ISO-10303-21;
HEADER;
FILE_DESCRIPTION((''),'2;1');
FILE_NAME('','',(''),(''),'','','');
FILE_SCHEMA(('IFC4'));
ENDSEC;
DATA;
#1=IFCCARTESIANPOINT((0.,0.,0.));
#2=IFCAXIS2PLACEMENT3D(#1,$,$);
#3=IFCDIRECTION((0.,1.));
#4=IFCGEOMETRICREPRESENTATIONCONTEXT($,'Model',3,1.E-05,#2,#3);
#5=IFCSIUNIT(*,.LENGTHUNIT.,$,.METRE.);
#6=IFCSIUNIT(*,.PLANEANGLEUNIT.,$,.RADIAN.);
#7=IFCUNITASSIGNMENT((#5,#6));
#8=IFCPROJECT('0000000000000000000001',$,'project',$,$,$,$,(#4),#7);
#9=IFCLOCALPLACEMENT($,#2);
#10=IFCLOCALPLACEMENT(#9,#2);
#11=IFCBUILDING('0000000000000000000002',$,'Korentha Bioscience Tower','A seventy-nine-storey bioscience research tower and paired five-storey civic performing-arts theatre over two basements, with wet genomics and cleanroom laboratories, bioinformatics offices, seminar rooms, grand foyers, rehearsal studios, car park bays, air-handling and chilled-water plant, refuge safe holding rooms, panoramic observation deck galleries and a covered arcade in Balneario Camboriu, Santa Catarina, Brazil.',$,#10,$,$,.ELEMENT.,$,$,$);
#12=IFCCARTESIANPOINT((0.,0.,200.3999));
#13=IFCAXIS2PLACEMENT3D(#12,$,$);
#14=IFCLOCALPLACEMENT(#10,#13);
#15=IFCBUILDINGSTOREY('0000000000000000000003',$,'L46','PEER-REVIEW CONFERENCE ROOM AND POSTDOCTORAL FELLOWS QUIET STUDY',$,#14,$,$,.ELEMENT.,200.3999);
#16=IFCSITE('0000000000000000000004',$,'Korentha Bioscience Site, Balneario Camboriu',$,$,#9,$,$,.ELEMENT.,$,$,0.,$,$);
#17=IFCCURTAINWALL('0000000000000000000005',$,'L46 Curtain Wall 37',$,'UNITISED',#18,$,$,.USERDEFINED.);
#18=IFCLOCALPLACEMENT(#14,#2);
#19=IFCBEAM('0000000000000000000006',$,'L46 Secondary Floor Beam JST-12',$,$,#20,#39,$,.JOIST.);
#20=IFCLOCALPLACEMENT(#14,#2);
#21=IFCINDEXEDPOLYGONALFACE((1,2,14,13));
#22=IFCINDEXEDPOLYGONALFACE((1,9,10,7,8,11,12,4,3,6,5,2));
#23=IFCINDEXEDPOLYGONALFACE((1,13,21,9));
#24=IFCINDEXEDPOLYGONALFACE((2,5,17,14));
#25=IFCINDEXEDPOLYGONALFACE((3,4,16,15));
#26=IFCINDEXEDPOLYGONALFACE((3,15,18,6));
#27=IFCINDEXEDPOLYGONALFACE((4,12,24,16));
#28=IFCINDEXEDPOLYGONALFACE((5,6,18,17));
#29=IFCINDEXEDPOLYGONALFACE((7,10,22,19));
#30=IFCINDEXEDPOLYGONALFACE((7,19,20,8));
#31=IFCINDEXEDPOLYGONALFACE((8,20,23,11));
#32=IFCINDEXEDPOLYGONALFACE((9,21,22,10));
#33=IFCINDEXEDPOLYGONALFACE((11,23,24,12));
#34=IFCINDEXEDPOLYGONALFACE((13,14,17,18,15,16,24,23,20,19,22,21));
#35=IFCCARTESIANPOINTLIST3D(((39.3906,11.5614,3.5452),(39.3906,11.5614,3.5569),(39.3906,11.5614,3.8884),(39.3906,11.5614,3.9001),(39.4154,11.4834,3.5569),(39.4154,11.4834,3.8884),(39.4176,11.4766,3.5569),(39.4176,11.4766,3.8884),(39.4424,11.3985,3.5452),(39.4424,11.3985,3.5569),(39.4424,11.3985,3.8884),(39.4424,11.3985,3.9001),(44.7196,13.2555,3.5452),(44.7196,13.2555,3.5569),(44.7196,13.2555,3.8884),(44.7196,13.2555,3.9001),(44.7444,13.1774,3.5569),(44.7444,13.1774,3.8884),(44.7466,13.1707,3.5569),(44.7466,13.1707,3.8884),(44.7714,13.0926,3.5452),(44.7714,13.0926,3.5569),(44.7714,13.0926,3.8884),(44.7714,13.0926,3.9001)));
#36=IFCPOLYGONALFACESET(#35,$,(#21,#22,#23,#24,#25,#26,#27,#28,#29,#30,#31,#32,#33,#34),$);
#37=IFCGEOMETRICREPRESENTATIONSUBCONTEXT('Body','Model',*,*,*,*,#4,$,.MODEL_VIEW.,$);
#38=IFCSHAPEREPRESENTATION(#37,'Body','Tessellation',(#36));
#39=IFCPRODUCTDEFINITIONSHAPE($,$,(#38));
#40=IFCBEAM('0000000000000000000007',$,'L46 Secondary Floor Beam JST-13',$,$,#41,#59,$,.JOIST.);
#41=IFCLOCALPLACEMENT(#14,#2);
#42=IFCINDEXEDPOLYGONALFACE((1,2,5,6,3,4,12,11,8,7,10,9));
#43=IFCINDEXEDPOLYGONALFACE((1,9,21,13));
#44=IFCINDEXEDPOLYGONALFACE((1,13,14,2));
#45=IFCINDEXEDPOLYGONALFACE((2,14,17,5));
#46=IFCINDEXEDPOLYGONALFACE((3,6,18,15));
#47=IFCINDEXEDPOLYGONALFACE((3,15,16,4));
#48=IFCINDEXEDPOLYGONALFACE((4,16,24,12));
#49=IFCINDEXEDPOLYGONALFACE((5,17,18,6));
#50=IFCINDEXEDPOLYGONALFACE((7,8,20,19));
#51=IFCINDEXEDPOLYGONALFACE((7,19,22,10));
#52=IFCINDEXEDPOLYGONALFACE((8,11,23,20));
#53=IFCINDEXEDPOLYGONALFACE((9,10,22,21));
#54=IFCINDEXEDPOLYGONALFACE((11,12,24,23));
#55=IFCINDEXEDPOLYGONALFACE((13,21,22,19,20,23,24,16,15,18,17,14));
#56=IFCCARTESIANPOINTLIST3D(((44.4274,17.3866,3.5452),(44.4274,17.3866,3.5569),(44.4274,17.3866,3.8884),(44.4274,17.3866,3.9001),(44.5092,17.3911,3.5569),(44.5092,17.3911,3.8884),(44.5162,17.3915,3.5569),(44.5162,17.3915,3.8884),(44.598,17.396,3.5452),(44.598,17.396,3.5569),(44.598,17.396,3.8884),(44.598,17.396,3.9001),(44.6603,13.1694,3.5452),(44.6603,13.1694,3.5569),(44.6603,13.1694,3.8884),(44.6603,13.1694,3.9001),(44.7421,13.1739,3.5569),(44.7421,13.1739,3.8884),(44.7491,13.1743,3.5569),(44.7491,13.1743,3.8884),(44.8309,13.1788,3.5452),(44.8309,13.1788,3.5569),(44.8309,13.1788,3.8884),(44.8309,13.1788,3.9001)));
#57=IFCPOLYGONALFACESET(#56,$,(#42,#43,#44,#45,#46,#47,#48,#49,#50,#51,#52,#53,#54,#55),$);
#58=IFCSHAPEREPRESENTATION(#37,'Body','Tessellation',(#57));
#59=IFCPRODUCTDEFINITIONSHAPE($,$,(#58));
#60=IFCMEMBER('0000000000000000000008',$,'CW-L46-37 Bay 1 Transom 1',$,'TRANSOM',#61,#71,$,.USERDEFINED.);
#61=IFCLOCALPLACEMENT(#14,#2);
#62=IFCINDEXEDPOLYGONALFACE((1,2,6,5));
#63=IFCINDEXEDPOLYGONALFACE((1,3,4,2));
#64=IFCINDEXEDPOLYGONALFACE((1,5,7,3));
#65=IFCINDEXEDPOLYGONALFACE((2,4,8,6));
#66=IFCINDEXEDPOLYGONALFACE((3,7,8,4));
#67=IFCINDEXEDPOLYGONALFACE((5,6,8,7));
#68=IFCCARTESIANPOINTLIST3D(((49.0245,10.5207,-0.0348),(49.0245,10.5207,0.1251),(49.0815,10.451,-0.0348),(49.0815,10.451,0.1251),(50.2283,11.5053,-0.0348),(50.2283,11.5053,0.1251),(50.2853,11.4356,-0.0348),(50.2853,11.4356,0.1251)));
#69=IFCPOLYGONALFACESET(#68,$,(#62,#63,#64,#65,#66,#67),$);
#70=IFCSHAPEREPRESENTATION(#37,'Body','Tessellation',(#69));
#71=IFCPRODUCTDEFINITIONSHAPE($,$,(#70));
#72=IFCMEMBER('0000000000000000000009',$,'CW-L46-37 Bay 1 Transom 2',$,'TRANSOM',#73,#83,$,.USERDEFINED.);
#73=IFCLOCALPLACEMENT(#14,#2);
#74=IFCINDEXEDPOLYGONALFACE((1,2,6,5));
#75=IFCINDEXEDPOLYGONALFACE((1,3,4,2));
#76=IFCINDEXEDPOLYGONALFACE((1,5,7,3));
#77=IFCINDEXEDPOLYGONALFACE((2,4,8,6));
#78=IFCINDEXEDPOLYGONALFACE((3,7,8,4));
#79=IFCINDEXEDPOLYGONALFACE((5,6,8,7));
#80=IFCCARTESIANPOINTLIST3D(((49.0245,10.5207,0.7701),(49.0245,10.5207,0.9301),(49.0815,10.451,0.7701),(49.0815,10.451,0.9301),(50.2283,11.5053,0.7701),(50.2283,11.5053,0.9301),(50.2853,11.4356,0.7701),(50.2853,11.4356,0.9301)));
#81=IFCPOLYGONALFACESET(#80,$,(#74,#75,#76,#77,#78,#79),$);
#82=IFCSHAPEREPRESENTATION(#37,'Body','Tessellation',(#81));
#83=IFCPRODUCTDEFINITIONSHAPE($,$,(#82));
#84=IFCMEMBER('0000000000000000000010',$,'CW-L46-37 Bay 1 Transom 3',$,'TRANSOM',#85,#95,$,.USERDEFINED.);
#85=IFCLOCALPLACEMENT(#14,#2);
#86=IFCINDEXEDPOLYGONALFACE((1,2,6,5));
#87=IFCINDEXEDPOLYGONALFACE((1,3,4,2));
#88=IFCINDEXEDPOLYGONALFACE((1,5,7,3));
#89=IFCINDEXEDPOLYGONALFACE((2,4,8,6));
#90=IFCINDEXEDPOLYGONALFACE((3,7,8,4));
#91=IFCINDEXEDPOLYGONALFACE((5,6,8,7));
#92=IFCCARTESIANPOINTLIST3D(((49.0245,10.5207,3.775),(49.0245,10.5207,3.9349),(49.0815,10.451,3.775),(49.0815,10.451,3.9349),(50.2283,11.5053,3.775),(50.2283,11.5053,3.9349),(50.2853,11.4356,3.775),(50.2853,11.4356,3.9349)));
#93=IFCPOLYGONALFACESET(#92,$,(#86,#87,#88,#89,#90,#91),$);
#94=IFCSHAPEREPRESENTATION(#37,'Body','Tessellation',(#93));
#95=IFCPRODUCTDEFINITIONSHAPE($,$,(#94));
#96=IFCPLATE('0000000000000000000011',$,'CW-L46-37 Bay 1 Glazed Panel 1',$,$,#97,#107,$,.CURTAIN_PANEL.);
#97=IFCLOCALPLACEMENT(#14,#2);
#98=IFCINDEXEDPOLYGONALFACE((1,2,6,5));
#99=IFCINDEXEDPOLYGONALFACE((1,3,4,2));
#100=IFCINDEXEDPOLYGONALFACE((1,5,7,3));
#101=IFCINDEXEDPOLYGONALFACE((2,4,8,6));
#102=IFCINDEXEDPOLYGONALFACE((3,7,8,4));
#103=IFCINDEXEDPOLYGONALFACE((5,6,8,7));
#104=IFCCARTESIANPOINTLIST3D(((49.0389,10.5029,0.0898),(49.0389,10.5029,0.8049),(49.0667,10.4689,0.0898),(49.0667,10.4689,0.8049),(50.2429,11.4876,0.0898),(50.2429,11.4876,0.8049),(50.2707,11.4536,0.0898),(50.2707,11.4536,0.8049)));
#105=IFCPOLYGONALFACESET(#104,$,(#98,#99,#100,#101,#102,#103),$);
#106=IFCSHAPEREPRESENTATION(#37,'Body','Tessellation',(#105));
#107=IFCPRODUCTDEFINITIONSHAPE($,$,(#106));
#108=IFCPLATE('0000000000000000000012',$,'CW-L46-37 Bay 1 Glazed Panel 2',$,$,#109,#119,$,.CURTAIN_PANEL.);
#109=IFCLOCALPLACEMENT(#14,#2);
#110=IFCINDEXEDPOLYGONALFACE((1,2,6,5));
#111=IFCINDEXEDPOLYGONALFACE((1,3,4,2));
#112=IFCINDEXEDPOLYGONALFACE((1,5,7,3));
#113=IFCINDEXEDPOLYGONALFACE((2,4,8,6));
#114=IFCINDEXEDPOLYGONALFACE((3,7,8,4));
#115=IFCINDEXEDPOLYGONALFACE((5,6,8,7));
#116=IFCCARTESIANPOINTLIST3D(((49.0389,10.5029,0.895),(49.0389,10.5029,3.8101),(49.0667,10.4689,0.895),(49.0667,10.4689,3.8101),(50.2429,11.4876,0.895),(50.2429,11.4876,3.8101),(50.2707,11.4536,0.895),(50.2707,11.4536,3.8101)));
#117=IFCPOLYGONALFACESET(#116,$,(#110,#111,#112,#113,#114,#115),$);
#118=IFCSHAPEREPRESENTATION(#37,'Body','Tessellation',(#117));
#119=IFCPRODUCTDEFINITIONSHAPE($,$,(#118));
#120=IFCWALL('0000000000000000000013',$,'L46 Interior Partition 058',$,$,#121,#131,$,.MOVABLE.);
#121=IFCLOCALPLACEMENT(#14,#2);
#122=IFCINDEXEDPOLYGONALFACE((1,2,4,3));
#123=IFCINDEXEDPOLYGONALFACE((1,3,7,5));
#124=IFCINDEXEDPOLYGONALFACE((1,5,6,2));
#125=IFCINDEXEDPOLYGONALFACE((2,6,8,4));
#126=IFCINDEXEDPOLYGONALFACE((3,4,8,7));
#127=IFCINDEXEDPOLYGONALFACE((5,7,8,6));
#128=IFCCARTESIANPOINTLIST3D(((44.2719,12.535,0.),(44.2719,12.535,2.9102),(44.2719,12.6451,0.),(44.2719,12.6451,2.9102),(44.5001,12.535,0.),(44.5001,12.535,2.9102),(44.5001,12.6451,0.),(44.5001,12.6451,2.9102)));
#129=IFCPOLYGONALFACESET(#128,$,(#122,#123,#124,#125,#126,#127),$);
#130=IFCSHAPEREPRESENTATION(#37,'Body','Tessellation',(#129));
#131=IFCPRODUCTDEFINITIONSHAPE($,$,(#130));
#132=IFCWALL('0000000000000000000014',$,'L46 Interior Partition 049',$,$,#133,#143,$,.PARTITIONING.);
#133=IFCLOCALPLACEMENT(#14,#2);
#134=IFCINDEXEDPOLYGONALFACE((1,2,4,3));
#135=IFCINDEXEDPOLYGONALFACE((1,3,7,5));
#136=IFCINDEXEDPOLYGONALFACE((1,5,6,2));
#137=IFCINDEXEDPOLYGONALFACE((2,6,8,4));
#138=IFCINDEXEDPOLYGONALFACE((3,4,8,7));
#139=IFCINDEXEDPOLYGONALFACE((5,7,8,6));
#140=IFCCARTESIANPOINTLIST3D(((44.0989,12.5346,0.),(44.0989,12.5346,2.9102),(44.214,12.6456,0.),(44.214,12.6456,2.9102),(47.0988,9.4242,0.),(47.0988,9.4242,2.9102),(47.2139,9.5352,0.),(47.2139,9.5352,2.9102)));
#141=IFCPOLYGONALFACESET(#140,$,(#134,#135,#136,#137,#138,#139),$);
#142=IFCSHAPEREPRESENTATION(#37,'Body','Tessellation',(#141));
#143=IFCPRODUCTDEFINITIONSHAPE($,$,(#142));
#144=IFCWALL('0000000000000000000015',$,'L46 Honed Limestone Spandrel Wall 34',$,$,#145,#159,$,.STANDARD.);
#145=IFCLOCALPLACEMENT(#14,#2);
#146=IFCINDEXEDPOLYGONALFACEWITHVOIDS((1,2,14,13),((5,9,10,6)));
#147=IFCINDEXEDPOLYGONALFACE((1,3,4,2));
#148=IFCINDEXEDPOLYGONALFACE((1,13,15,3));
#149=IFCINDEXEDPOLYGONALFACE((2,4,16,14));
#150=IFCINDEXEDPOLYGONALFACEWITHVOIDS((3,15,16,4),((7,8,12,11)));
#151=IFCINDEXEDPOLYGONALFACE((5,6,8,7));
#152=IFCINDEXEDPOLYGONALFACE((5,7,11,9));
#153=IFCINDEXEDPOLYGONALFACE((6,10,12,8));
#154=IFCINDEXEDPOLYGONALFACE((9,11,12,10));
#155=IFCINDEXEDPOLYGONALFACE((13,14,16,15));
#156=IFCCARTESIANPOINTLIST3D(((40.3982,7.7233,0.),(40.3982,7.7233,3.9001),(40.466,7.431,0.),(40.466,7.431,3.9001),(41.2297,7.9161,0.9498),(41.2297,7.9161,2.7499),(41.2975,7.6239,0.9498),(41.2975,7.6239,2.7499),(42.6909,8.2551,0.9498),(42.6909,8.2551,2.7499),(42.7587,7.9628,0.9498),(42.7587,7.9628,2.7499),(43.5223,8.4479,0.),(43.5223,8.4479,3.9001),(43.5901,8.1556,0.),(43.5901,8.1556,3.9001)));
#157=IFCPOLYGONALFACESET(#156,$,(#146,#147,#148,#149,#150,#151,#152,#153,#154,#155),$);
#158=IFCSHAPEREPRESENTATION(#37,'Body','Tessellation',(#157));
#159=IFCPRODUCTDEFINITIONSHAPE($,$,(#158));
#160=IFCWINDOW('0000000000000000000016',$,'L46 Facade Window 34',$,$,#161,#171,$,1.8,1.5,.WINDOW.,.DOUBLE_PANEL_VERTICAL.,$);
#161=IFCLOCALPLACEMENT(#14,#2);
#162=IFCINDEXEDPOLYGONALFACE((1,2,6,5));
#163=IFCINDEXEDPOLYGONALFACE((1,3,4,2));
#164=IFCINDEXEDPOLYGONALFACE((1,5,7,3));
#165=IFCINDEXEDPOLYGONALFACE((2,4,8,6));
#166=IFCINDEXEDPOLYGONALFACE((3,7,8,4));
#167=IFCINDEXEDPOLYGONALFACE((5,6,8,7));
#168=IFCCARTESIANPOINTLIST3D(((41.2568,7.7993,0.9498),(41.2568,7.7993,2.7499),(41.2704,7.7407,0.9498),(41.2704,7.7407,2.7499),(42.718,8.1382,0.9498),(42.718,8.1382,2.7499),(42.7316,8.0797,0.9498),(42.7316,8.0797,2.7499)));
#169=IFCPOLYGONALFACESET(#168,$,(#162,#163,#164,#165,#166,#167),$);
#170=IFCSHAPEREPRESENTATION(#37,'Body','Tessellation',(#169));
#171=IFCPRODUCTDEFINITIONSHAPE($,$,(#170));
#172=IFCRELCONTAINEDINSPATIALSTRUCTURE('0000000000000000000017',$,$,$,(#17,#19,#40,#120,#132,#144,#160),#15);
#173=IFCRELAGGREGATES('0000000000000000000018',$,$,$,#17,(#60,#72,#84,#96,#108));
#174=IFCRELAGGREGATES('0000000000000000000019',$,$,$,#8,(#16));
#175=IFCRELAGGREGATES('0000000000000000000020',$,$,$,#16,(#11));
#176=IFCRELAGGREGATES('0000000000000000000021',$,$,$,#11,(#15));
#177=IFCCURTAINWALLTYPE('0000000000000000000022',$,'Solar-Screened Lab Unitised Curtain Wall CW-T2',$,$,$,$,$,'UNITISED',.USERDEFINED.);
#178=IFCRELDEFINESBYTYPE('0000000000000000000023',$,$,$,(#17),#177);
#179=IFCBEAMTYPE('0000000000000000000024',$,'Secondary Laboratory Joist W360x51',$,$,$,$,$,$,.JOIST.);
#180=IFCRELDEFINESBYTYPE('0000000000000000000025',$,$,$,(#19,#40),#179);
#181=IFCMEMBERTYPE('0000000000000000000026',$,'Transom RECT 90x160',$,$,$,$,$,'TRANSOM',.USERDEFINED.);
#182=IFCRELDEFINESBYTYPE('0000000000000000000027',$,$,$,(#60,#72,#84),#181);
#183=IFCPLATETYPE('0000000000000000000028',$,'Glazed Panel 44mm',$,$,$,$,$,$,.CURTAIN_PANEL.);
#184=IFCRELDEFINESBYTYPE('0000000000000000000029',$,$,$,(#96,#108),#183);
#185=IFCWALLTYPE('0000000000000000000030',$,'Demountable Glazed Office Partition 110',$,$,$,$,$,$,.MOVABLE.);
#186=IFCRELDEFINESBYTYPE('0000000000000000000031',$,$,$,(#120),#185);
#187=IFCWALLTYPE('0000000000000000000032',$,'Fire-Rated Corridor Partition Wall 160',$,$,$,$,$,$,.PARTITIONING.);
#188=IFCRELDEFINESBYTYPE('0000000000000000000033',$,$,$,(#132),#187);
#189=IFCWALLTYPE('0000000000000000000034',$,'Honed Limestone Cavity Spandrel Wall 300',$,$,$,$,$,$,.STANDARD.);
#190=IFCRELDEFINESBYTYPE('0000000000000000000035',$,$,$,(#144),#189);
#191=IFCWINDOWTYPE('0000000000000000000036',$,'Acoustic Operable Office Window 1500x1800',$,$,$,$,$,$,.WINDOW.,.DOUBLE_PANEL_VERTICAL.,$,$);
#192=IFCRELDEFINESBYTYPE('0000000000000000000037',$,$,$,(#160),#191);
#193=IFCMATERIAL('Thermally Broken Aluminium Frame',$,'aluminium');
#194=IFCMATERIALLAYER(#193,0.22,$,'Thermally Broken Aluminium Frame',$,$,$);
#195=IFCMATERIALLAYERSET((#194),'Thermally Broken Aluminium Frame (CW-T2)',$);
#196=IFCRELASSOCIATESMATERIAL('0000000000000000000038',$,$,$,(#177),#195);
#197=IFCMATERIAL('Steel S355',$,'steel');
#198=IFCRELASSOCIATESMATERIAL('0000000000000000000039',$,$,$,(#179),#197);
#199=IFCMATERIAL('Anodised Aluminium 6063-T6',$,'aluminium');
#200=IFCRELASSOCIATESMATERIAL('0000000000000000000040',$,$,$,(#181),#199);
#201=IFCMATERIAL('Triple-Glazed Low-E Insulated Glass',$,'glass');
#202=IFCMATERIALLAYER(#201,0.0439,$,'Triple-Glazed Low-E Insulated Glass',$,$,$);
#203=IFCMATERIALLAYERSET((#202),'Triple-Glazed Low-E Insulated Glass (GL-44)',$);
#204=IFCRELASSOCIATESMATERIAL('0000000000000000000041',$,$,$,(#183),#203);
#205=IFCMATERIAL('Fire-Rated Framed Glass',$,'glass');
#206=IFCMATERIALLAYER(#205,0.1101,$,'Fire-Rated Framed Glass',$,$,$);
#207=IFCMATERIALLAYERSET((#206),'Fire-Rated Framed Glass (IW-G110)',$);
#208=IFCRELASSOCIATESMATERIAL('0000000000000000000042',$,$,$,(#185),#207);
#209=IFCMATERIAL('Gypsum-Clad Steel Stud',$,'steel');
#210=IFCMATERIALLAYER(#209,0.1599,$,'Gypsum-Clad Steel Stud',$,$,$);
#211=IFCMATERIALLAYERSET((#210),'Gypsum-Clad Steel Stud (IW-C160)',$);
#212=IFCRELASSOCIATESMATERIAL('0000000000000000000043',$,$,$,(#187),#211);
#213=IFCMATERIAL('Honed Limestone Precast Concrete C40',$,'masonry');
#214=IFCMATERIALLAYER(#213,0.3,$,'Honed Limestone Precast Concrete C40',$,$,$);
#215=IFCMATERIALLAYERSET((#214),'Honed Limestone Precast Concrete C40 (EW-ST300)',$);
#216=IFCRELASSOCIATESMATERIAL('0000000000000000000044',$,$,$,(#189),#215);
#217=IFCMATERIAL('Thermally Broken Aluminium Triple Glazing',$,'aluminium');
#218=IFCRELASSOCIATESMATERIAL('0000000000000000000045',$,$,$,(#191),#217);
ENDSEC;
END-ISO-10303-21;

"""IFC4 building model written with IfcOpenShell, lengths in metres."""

from ifc_helpers import new_model, si_unit, direction, frame, frame_2d, origin, origin_2d, place, context, subcontext, project, spatial, rectangle, i_section, extrude, material, layer, layer_set, material_profile, profile_set, type_object, element, fill, aggregate, save


model = new_model("IFC4")

# Units and contexts
model_context = context("Model", 3, precision=1e-05, world=origin(), true_north=direction((0.0, 1.0)))
body_context = subcontext(model_context, "Body", "Model", "MODEL_VIEW")
ifc_project = project(units=[si_unit("LENGTHUNIT", "METRE"), si_unit("PLANEANGLEUNIT", "RADIAN")], contexts=[model_context])

# Site, building, storey
site_placement = place(None, origin())
site = spatial("IfcSite", under=ifc_project, at=site_placement, Name="Korentha Bioscience Site, Balneario Camboriu", CompositionType="ELEMENT", RefElevation=0.0)
building_placement = place(site_placement, origin())
building = spatial("IfcBuilding", under=site, at=building_placement, Name="Korentha Bioscience Tower", Description="A seventy-nine-storey bioscience research tower and paired five-storey civic performing-arts theatre over two basements, with wet genomics and cleanroom laboratories, bioinformatics offices, seminar rooms, grand foyers, rehearsal studios, car park bays, air-handling and chilled-water plant, refuge safe holding rooms, panoramic observation deck galleries and a covered arcade in Balneario Camboriu, Santa Catarina, Brazil.", CompositionType="ELEMENT")
storey_placement = place(building_placement, frame((0.0, 0.0, 200.3999)))
storey = spatial("IfcBuildingStorey", under=building, at=storey_placement, Name="L46", Description="PEER-REVIEW CONFERENCE ROOM AND POSTDOCTORAL FELLOWS QUIET STUDY", CompositionType="ELEMENT", Elevation=200.3999)

# Curtain wall
ifc_material_1 = material(Name="Thermally Broken Aluminium Frame", Category="aluminium")
ifc_layer_1 = layer(ifc_material_1, 0.22, Name="Thermally Broken Aluminium Frame")
ifc_layer_set_1 = layer_set([ifc_layer_1], Name="Thermally Broken Aluminium Frame (CW-T2)")
curtain_wall_type = type_object("IfcCurtainWallType", Name="Solar-Screened Lab Unitised Curtain Wall CW-T2", ElementType="UNITISED", PredefinedType="USERDEFINED", material=ifc_layer_set_1)
curtain_wall_placement = place(storey_placement, origin())
curtain_wall = element("IfcCurtainWall", 1, at=curtain_wall_placement, inside=storey, type_object=curtain_wall_type, Name="L46 Curtain Wall 37", ObjectType="UNITISED", PredefinedType="USERDEFINED")
ifc_material_2 = material(Name="Anodised Aluminium 6063-T6", Category="aluminium")

# Beams
ifc_material_3 = material(Name="Steel S355", Category="steel")
ifc_material_profile_1 = material_profile(ifc_material_3, i_section(OverallWidth=0.1709, OverallDepth=0.355, WebThickness=0.0071, FlangeThickness=0.0117, at=origin_2d()), Name="Steel S355")
ifc_profile_set_1 = profile_set([ifc_material_profile_1], Name="Steel S355 (JB-360)")
beam_type_1 = type_object("IfcBeamType", Name="Secondary Laboratory Joist W360x51", PredefinedType="JOIST", material=ifc_profile_set_1)
beam_1_placement = place(storey_placement, frame((39.4165, 11.48, 3.7227), z_axis=(0.953005, 0.302955, 0.0), x_axis=(-0.302955, 0.953005, 0.0)))
element("IfcBeam", 2, at=beam_1_placement, inside=storey, type_object=beam_type_1, Name="L46 Secondary Floor Beam JST-12", PredefinedType="JOIST", context=body_context, shape_type="SweptSolid", body=[
    extrude(i_section(OverallWidth=0.1709, OverallDepth=0.355, WebThickness=0.0071, FlangeThickness=0.0117, at=origin_2d()), origin(), (0.0, 0.0, 1.0), 5.5918),
])
beam_2_placement = place(storey_placement, frame((44.7456, 13.1741, 3.7227), z_axis=(-0.055143, 0.998478, 0.0), x_axis=(-0.998478, -0.055143, 0.0)))
element("IfcBeam", 3, at=beam_2_placement, inside=storey, type_object=beam_type_1, Name="L46 Secondary Floor Beam JST-13", PredefinedType="JOIST", context=body_context, shape_type="SweptSolid", body=[
    extrude(i_section(OverallWidth=0.1709, OverallDepth=0.355, WebThickness=0.0071, FlangeThickness=0.0117, at=origin_2d()), origin(), (0.0, 0.0, 1.0), 4.2236),
])

# Members
ifc_material_profile_2 = material_profile(ifc_material_2, rectangle(XDim=0.0901, YDim=0.1599, at=origin_2d()), Name="Anodised Aluminium 6063-T6")
ifc_profile_set_2 = profile_set([ifc_material_profile_2], Name="Anodised Aluminium 6063-T6 (CW-TRN)")
member_type_1 = type_object("IfcMemberType", Name="Transom RECT 90x160", ElementType="TRANSOM", PredefinedType="USERDEFINED", material=ifc_profile_set_2)
member_1_placement = place(storey_placement, frame((49.053, 10.4858, 0.0452), z_axis=(0.774069, 0.633101, 0.0), x_axis=(-0.633101, 0.774069, 0.0)))
member_1 = element("IfcMember", 4, at=member_1_placement, type_object=member_type_1, Name="CW-L46-37 Bay 1 Transom 1", ObjectType="TRANSOM", PredefinedType="USERDEFINED", context=body_context, shape_type="SweptSolid", body=[
    extrude(rectangle(XDim=0.0901, YDim=0.1599, at=origin_2d()), origin(), (0.0, 0.0, 1.0), 1.5552),
])
member_2_placement = place(storey_placement, frame((49.053, 10.4858, 0.8501), z_axis=(0.774069, 0.633101, 0.0), x_axis=(-0.633101, 0.774069, 0.0)))
member_2 = element("IfcMember", 5, at=member_2_placement, type_object=member_type_1, Name="CW-L46-37 Bay 1 Transom 2", ObjectType="TRANSOM", PredefinedType="USERDEFINED", context=body_context, shape_type="SweptSolid", body=[
    extrude(rectangle(XDim=0.0901, YDim=0.1599, at=origin_2d()), origin(), (0.0, 0.0, 1.0), 1.5552),
])
member_3_placement = place(storey_placement, frame((49.053, 10.4858, 3.855), z_axis=(0.774069, 0.633101, 0.0), x_axis=(-0.633101, 0.774069, 0.0)))
member_3 = element("IfcMember", 6, at=member_3_placement, type_object=member_type_1, Name="CW-L46-37 Bay 1 Transom 3", ObjectType="TRANSOM", PredefinedType="USERDEFINED", context=body_context, shape_type="SweptSolid", body=[
    extrude(rectangle(XDim=0.0901, YDim=0.1599, at=origin_2d()), origin(), (0.0, 0.0, 1.0), 1.5552),
])

# Plates
ifc_material_4 = material(Name="Triple-Glazed Low-E Insulated Glass", Category="glass")
ifc_layer_2 = layer(ifc_material_4, 0.0439, Name="Triple-Glazed Low-E Insulated Glass")
ifc_layer_set_2 = layer_set([ifc_layer_2], Name="Triple-Glazed Low-E Insulated Glass (GL-44)")
plate_type = type_object("IfcPlateType", Name="Glazed Panel 44mm", PredefinedType="CURTAIN_PANEL", material=ifc_layer_set_2)
plate_1_placement = place(storey_placement, frame((49.6548, 10.9783, 0.0898), z_axis=(0.0, 0.0, 1.0), x_axis=(0.774088, 0.633078, 0.0)))
plate_1 = element("IfcPlate", 7, at=plate_1_placement, type_object=plate_type, Name="CW-L46-37 Bay 1 Glazed Panel 1", PredefinedType="CURTAIN_PANEL", context=body_context, shape_type="SweptSolid", body=[
    extrude(rectangle(XDim=1.5554, YDim=0.0439, at=origin_2d()), origin(), (0.0, 0.0, 1.0), 0.7151),
])
plate_2_placement = place(storey_placement, frame((49.6548, 10.9783, 0.895), z_axis=(0.0, 0.0, 1.0), x_axis=(0.774088, 0.633078, 0.0)))
plate_2 = element("IfcPlate", 8, at=plate_2_placement, type_object=plate_type, Name="CW-L46-37 Bay 1 Glazed Panel 2", PredefinedType="CURTAIN_PANEL", context=body_context, shape_type="SweptSolid", body=[
    extrude(rectangle(XDim=1.5554, YDim=0.0439, at=origin_2d()), origin(), (0.0, 0.0, 1.0), 2.915),
])
aggregate(curtain_wall, [member_1, member_2, member_3, plate_1, plate_2])

# Shared definitions
ifc_material_5 = material(Name="Fire-Rated Framed Glass", Category="glass")
ifc_layer_3 = layer(ifc_material_5, 0.1101, Name="Fire-Rated Framed Glass")
ifc_layer_set_3 = layer_set([ifc_layer_3], Name="Fire-Rated Framed Glass (IW-G110)")
wall_type_1 = type_object("IfcWallType", Name="Demountable Glazed Office Partition 110", PredefinedType="MOVABLE", material=ifc_layer_set_3)

# Walls
wall_1_placement = place(storey_placement, frame((44.2717, 12.5901, 0.0), z_axis=(0.0, 0.0, 1.0), x_axis=(1.0, 0.0, 0.0)))
element("IfcWall", 9, at=wall_1_placement, inside=storey, type_object=wall_type_1, Name="L46 Interior Partition 058", PredefinedType="MOVABLE", context=body_context, shape_type="SweptSolid", body=[
    extrude(rectangle(XDim=0.2283, YDim=0.1101, at=frame_2d((0.1143, 0.0))), origin(), (0.0, 0.0, 1.0), 2.9102),
])
ifc_material_6 = material(Name="Gypsum-Clad Steel Stud", Category="steel")
ifc_layer_4 = layer(ifc_material_6, 0.1599, Name="Gypsum-Clad Steel Stud")
ifc_layer_set_4 = layer_set([ifc_layer_4], Name="Gypsum-Clad Steel Stud (IW-C160)")
wall_type_2 = type_object("IfcWallType", Name="Fire-Rated Corridor Partition Wall 160", PredefinedType="PARTITIONING", material=ifc_layer_set_4)
wall_2_placement = place(storey_placement, frame((44.1565, 12.5901, 0.0), z_axis=(0.0, 0.0, 1.0), x_axis=(0.694194, -0.719788, 0.0)))
element("IfcWall", 10, at=wall_2_placement, inside=storey, type_object=wall_type_2, Name="L46 Interior Partition 049", PredefinedType="PARTITIONING", context=body_context, shape_type="SweptSolid", body=[
    extrude(rectangle(XDim=4.3213, YDim=0.1599, at=frame_2d((2.1606, 0.0))), origin(), (0.0, 0.0, 1.0), 2.9102),
])

# Wall, opening, window
ifc_material_7 = material(Name="Honed Limestone Precast Concrete C40", Category="masonry")
ifc_layer_5 = layer(ifc_material_7, 0.3, Name="Honed Limestone Precast Concrete C40")
ifc_layer_set_5 = layer_set([ifc_layer_5], Name="Honed Limestone Precast Concrete C40 (EW-ST300)")
wall_type_3 = type_object("IfcWallType", Name="Honed Limestone Cavity Spandrel Wall 300", PredefinedType="STANDARD", material=ifc_layer_set_5)
wall_3_placement = place(storey_placement, frame((40.4321, 7.5771, 0.0), z_axis=(0.0, 0.0, 1.0), x_axis=(0.974139, 0.225949, 0.0)))
wall_3 = element("IfcWall", 11, at=wall_3_placement, inside=storey, type_object=wall_type_3, Name="L46 Honed Limestone Spandrel Wall 34", PredefinedType="STANDARD", context=body_context, shape_type="SweptSolid", body=[
    extrude(rectangle(XDim=3.207, YDim=0.3, at=frame_2d((1.6035, 0.0))), origin(), (0.0, 0.0, 1.0), 3.9001),
])
opening_1_placement = place(wall_3_placement, frame((0.8535, 0.0, 0.95)))
opening_1 = element("IfcOpeningElement", 12, at=opening_1_placement, cuts=wall_3, PredefinedType="OPENING", context=body_context, shape_type="SweptSolid", body=[
    extrude(rectangle(XDim=1.5, YDim=1.8, at=frame_2d((0.75, 0.8999))), frame((0.0, 0.165, 0.0), z_axis=(0.0, -1.0, 0.0), x_axis=(1.0, 0.0, 0.0)), (0.0, 0.0, 1.0), 0.3298),
])
ifc_material_8 = material(Name="Thermally Broken Aluminium Triple Glazing", Category="aluminium")
window_type = type_object("IfcWindowType", Name="Acoustic Operable Office Window 1500x1800", PartitioningType="DOUBLE_PANEL_VERTICAL", PredefinedType="WINDOW", material=ifc_material_8)
window_placement = place(opening_1_placement, origin())
window = element("IfcWindow", 13, at=window_placement, inside=storey, type_object=window_type, Name="L46 Facade Window 34", OverallHeight=1.8, OverallWidth=1.5, PartitioningType="DOUBLE_PANEL_VERTICAL", PredefinedType="WINDOW", context=body_context, shape_type="SweptSolid", body=[
    extrude(rectangle(XDim=1.5, YDim=1.8, at=frame_2d((0.75, 0.8999))), frame((0.0, 0.03, 0.0), z_axis=(0.0, -1.0, 0.0), x_axis=(1.0, 0.0, 0.0)), (0.0, 0.0, 1.0), 0.0601),
])
fill(opening_1, window)

save(model, "model.ifc")
